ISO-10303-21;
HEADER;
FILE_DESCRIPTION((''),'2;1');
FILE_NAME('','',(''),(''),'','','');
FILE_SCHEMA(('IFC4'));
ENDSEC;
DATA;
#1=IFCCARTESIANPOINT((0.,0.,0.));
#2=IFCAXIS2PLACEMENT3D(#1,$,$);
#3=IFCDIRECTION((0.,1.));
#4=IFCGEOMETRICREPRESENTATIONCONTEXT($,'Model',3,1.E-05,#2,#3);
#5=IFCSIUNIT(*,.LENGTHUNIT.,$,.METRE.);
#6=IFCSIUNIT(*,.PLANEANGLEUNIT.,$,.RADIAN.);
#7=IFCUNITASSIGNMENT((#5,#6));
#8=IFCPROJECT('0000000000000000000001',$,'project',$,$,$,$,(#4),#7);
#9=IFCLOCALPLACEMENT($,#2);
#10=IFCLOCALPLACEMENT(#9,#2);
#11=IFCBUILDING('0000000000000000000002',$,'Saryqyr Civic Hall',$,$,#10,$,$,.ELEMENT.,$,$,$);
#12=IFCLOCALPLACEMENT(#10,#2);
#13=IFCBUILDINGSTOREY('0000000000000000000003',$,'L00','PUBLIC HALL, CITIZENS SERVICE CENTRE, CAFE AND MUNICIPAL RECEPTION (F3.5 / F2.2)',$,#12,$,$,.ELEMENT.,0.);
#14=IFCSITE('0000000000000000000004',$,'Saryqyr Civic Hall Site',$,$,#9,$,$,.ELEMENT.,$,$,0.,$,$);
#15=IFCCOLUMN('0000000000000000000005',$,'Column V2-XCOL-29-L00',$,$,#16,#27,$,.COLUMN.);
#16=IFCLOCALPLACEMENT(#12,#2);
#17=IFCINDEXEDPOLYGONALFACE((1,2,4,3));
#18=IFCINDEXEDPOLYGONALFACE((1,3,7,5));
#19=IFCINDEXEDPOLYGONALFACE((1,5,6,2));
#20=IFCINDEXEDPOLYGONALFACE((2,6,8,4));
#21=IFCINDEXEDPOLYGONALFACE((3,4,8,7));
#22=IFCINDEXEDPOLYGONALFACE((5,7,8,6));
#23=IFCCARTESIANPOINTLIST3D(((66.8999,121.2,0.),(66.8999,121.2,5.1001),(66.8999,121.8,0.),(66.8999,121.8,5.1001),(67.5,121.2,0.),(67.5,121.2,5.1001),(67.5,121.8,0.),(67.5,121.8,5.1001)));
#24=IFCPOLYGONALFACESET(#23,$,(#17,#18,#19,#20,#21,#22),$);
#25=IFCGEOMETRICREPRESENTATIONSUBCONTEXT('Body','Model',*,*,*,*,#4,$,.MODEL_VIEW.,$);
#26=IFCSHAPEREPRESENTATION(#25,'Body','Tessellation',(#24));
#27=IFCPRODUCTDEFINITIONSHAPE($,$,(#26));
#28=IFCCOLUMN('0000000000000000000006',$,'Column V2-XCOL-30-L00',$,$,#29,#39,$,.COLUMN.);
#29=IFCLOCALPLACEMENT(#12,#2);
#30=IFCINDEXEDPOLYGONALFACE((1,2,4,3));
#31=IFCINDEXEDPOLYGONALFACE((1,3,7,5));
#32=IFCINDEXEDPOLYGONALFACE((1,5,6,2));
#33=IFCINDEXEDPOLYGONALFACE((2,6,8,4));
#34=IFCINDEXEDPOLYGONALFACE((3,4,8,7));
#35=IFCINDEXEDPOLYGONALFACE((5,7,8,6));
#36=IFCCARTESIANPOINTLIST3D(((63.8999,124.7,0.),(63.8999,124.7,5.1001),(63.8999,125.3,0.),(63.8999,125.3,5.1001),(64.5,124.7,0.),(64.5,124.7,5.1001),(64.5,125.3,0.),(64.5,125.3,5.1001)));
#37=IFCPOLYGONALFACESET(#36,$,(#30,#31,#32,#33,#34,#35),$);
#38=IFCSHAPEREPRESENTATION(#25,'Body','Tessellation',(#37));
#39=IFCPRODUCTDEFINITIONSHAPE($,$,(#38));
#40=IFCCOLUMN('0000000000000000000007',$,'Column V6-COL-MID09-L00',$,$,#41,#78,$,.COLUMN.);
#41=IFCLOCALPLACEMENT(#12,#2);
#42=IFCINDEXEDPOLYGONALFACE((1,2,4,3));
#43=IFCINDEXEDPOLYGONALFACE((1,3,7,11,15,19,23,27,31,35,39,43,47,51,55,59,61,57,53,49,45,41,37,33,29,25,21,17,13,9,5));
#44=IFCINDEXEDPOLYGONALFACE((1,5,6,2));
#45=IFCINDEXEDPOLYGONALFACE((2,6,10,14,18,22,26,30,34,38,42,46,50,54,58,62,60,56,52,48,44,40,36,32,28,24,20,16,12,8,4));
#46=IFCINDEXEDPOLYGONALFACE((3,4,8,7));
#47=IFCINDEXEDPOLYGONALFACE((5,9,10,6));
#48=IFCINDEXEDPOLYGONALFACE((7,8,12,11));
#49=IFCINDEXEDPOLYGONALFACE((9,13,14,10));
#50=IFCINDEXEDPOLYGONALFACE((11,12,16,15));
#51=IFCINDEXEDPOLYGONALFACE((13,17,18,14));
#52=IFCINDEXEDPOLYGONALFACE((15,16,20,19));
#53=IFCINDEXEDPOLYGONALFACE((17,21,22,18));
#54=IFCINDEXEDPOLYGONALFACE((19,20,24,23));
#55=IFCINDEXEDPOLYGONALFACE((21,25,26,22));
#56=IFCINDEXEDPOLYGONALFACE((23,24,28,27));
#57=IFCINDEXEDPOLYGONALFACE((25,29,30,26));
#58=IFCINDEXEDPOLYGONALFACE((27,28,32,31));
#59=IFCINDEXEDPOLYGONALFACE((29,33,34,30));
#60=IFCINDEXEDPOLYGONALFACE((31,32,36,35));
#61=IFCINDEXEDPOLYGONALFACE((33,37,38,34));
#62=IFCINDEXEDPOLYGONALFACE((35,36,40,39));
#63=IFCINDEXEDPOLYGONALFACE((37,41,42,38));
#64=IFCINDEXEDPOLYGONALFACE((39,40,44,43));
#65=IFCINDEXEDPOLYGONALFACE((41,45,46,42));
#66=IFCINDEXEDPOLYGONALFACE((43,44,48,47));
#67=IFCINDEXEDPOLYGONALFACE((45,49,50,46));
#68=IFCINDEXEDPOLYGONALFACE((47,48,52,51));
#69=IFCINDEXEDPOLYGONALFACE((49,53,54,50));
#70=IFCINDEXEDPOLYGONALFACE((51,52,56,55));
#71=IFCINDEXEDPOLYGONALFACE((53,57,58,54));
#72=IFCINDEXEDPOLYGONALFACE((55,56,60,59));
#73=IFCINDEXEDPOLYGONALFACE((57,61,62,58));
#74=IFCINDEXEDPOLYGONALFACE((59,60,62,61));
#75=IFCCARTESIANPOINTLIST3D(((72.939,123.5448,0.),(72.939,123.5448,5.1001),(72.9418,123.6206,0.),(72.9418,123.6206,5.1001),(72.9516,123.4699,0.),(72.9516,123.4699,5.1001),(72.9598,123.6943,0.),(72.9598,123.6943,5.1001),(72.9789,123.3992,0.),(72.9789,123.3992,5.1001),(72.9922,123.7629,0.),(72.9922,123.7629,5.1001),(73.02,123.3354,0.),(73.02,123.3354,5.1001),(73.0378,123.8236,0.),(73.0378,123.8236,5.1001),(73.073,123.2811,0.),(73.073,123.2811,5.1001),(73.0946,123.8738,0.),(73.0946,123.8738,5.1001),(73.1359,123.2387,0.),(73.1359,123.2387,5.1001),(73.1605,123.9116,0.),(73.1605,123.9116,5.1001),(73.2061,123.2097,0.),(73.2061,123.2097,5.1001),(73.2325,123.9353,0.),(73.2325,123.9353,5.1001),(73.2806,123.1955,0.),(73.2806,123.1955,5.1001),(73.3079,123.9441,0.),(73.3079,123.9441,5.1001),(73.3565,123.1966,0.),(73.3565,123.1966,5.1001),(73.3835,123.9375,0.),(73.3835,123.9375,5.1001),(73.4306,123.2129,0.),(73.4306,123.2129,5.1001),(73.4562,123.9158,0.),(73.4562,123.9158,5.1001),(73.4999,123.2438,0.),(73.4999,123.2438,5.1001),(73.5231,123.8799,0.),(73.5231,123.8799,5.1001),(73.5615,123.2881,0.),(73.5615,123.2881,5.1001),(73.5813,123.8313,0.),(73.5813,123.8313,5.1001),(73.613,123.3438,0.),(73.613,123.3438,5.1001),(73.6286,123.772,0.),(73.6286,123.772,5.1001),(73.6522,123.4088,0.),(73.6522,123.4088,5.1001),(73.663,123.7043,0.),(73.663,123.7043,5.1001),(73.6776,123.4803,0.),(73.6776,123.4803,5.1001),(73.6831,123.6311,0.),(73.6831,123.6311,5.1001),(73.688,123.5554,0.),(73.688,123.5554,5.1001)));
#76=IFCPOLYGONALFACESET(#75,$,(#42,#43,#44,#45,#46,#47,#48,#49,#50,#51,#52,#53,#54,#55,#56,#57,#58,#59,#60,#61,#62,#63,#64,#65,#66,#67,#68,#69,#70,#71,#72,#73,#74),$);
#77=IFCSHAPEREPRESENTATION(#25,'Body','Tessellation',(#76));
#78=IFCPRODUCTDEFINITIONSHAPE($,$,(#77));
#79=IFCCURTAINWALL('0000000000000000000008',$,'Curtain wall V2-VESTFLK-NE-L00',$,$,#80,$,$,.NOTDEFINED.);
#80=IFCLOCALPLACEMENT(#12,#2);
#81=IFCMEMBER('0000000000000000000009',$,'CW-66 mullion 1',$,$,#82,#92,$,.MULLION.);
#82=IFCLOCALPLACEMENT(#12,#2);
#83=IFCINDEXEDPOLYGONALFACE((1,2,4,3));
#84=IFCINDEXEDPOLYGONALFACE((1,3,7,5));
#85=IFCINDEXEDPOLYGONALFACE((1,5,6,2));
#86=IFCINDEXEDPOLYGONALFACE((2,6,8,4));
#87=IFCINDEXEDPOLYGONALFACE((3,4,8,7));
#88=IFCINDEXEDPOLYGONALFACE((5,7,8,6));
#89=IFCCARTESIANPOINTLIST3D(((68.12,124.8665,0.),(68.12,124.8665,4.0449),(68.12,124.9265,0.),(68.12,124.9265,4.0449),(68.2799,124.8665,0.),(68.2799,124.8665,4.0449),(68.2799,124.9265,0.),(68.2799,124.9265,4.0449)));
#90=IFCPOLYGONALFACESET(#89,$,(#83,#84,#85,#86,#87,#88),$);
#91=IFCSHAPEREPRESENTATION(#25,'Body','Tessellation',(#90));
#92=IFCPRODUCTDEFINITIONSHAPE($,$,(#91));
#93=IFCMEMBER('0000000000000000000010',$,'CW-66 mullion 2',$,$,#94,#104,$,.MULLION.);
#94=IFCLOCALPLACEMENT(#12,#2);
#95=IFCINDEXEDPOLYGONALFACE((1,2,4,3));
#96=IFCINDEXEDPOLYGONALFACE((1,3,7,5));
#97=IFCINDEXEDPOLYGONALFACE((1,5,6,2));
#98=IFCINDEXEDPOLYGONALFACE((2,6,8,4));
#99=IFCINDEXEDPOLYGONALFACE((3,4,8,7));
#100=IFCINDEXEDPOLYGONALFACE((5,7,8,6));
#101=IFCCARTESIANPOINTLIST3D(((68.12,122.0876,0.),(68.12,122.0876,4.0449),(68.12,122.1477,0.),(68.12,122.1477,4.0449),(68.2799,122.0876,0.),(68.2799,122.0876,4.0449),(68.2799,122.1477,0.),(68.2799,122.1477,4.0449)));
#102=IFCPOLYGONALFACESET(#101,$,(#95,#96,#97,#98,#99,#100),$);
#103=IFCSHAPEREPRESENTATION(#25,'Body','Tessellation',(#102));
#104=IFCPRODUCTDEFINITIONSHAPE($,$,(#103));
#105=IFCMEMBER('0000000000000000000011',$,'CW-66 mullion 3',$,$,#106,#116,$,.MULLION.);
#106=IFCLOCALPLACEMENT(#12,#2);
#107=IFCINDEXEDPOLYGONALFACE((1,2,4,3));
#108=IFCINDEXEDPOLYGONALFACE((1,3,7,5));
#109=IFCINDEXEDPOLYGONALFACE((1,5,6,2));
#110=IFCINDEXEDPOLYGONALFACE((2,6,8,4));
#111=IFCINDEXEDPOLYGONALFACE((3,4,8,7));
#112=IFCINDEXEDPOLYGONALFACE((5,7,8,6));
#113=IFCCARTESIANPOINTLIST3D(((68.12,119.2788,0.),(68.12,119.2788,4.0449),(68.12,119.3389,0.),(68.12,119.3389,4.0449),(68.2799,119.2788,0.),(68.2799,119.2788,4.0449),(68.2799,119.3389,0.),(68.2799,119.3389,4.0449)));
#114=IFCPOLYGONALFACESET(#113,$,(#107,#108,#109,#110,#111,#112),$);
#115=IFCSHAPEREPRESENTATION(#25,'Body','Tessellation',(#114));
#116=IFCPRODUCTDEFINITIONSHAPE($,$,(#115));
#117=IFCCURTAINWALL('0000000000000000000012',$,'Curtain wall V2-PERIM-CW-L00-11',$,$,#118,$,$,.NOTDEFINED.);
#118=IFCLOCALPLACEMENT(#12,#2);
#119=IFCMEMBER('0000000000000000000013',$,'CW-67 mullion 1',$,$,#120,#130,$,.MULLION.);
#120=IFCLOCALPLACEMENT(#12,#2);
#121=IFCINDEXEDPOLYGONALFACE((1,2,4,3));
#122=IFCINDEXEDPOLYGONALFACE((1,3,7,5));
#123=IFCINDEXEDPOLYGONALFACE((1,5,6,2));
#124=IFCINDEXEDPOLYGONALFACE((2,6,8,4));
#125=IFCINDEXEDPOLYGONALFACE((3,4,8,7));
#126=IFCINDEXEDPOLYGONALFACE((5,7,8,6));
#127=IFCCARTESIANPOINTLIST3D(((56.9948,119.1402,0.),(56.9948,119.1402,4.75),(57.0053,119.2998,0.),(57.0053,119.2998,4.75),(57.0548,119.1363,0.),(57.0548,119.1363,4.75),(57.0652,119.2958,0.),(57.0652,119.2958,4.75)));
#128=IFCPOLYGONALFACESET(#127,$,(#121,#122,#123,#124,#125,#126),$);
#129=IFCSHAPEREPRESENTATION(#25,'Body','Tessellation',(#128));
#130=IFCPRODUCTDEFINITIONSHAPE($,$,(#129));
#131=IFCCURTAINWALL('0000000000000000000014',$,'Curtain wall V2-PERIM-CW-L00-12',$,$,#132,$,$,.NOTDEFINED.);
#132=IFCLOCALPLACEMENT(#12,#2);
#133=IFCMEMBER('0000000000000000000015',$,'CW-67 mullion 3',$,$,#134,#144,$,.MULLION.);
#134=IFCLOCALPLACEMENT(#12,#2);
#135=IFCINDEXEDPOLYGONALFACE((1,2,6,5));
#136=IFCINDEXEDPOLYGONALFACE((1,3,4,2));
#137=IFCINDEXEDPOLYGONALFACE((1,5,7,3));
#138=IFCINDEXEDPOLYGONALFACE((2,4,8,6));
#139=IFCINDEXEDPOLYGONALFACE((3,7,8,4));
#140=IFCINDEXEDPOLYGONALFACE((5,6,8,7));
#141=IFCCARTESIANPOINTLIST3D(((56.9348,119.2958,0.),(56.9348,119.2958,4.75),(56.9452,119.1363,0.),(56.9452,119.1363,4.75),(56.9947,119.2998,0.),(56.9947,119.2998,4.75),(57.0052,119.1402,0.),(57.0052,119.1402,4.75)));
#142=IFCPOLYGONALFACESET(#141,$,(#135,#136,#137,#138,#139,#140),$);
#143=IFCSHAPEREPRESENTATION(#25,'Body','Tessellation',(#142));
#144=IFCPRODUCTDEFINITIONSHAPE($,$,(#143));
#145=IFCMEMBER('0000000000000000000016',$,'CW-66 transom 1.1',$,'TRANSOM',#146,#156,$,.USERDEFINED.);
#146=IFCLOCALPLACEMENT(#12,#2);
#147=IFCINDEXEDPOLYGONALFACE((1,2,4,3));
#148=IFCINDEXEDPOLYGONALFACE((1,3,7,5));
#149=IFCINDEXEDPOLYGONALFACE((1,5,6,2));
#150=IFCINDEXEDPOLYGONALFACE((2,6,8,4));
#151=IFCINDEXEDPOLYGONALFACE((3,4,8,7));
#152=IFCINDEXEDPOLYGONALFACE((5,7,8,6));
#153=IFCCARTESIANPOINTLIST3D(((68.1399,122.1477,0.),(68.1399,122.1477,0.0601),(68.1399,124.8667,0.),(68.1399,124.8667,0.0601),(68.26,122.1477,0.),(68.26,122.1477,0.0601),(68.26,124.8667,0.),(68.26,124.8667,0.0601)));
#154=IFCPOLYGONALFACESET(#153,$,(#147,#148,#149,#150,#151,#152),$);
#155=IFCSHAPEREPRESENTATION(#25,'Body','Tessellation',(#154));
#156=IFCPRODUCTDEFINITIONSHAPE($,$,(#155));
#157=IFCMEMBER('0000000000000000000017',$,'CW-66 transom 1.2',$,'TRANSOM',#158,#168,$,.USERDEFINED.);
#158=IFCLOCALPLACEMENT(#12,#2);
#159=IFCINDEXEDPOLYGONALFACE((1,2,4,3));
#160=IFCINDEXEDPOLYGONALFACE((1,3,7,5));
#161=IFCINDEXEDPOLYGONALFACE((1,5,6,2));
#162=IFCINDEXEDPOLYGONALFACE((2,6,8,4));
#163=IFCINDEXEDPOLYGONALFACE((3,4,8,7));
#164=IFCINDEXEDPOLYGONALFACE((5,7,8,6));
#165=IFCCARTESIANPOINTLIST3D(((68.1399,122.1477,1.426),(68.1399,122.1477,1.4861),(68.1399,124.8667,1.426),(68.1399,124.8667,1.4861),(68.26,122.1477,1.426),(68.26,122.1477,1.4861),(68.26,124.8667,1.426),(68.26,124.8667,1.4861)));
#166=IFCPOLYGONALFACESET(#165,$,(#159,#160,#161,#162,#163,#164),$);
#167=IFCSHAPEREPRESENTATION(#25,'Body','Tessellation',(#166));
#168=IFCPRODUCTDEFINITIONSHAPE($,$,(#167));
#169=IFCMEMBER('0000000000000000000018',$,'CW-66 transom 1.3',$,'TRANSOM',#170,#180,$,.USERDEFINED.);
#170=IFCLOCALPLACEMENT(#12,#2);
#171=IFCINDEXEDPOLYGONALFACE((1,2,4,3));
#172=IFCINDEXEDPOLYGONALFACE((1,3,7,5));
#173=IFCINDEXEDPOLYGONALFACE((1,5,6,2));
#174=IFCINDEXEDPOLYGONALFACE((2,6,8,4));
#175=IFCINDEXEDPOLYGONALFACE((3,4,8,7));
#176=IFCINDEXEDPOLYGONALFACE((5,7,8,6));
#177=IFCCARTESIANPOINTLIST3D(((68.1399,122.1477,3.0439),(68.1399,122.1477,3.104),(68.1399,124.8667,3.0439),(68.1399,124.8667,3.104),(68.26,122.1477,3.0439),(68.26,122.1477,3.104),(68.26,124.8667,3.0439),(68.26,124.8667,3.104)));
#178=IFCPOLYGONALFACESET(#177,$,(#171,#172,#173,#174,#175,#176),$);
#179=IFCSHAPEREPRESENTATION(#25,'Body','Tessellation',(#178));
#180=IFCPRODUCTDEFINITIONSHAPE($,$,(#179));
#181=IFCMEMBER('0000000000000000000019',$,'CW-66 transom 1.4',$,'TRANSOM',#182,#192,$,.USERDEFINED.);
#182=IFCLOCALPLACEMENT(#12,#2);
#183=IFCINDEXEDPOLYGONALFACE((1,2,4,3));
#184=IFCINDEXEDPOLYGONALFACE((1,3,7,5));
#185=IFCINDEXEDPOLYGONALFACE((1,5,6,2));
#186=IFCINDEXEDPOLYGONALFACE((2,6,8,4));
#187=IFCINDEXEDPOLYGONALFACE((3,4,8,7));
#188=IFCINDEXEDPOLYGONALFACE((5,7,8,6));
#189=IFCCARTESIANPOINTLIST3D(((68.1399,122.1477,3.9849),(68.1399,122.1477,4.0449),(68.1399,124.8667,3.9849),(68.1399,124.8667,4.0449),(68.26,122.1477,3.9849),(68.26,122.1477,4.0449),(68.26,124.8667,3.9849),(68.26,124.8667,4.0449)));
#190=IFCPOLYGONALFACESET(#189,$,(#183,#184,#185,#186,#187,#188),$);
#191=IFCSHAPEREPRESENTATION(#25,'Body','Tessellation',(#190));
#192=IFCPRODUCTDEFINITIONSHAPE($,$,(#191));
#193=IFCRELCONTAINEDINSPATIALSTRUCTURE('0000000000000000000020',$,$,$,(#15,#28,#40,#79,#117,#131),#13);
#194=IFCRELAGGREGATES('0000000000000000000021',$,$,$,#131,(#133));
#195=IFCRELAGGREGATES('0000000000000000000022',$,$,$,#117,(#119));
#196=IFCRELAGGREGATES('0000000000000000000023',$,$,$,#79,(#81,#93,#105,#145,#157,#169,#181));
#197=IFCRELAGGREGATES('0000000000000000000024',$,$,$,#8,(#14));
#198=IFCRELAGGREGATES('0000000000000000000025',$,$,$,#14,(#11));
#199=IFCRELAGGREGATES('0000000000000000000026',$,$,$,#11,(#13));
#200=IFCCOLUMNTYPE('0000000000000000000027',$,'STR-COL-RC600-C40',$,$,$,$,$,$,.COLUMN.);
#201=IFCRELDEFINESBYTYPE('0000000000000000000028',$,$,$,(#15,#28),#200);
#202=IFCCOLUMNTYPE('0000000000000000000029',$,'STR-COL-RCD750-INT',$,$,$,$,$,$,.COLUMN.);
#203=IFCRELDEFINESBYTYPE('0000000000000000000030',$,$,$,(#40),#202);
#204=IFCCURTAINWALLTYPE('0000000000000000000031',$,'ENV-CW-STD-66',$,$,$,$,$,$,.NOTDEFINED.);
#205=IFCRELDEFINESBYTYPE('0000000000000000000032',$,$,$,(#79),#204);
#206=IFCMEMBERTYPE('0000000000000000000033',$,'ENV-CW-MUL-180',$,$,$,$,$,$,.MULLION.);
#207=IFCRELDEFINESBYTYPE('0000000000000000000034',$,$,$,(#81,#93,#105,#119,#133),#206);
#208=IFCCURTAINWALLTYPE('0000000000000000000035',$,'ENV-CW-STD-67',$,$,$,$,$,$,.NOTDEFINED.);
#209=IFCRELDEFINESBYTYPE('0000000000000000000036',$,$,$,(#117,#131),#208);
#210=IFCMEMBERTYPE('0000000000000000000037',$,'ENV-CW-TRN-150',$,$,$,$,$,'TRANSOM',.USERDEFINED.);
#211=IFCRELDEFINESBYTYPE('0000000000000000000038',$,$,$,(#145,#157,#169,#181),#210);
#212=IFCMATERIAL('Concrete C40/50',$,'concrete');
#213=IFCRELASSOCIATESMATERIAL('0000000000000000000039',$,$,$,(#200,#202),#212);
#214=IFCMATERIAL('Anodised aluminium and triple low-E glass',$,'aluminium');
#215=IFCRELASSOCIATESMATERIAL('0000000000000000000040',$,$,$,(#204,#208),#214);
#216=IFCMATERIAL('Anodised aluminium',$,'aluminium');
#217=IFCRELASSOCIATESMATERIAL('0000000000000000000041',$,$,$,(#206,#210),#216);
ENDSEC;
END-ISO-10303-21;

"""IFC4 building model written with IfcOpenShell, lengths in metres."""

from ifc_helpers import new_model, si_unit, direction, frame, origin, origin_2d, place, context, subcontext, project, spatial, rectangle, circle, extrude, material, material_profile, profile_set, type_object, element, aggregate, save


model = new_model("IFC4")

# Units and contexts
model_context = context("Model", 3, precision=1e-05, world=origin(), true_north=direction((0.0, 1.0)))
body_context = subcontext(model_context, "Body", "Model", "MODEL_VIEW")
ifc_project = project(units=[si_unit("LENGTHUNIT", "METRE"), si_unit("PLANEANGLEUNIT", "RADIAN")], contexts=[model_context])

# Site, building, storey
site_placement = place(None, origin())
site = spatial("IfcSite", under=ifc_project, at=site_placement, Name="Saryqyr Civic Hall Site", CompositionType="ELEMENT", RefElevation=0.0)
building_placement = place(site_placement, origin())
building = spatial("IfcBuilding", under=site, at=building_placement, Name="Saryqyr Civic Hall", CompositionType="ELEMENT")
storey_placement = place(building_placement, origin())
storey = spatial("IfcBuildingStorey", under=building, at=storey_placement, Name="L00", Description="PUBLIC HALL, CITIZENS SERVICE CENTRE, CAFE AND MUNICIPAL RECEPTION (F3.5 / F2.2)", CompositionType="ELEMENT", Elevation=0.0)

# Columns
ifc_material_1 = material(Name="Concrete C40/50", Category="concrete")
ifc_material_profile_1 = material_profile(ifc_material_1, rectangle(XDim=0.6001, YDim=0.6001, at=origin_2d()), Name="RC 600x600")
ifc_profile_set_1 = profile_set([ifc_material_profile_1], Name="Concrete C40/50")
column_type_1 = type_object("IfcColumnType", Name="STR-COL-RC600-C40", PredefinedType="COLUMN", material=ifc_profile_set_1)
for number, where, z_axis, x_axis, name in (
    (1, (67.2, 121.5, 0.0), (0.0, 0.0, 1.0), (1.0, 0.0, 0.0), "Column V2-XCOL-29-L00"),
    (2, (64.2, 125.0, 0.0), (0.0, 0.0, 1.0), (1.0, 0.0, 0.0), "Column V2-XCOL-30-L00"),
):
    element("IfcColumn", number, at=place(storey_placement, frame(where, z_axis=z_axis, x_axis=x_axis)), inside=storey, type_object=column_type_1, Name=name, PredefinedType="COLUMN", context=body_context, shape_type="SweptSolid", body=[
        extrude(rectangle(XDim=0.6001, YDim=0.6001, at=origin_2d()), origin(), (0.0, 0.0, 1.0), 5.1001),
    ])
ifc_material_profile_2 = material_profile(ifc_material_1, circle(Radius=0.375, at=origin_2d()), Name="RC D750")
ifc_profile_set_2 = profile_set([ifc_material_profile_2], Name="Concrete C40/50")
column_type_2 = type_object("IfcColumnType", Name="STR-COL-RCD750-INT", PredefinedType="COLUMN", material=ifc_profile_set_2)
for number, where, z_axis, x_axis, name in (
    (3, (73.3132, 123.5691, 0.0), (0.0, 0.0, 1.0), (0.381232, 0.92448, 0.0), "Column V6-COL-MID09-L00"),
):
    element("IfcColumn", number, at=place(storey_placement, frame(where, z_axis=z_axis, x_axis=x_axis)), inside=storey, type_object=column_type_2, Name=name, PredefinedType="COLUMN", context=body_context, shape_type="SweptSolid", body=[
        extrude(circle(Radius=0.375, at=origin_2d()), origin(), (0.0, 0.0, 1.0), 5.1001),
    ])

# Curtain wall, members
ifc_material_2 = material(Name="Anodised aluminium and triple low-E glass", Category="aluminium")
curtain_wall_type_1 = type_object("IfcCurtainWallType", Name="ENV-CW-STD-66", PredefinedType="NOTDEFINED", material=ifc_material_2)
curtain_wall_1_placement = place(storey_placement, origin())
curtain_wall_1 = element("IfcCurtainWall", 4, at=curtain_wall_1_placement, inside=storey, type_object=curtain_wall_type_1, Name="Curtain wall V2-VESTFLK-NE-L00", PredefinedType="NOTDEFINED")
ifc_material_3 = material(Name="Anodised aluminium", Category="aluminium")
ifc_material_profile_3 = material_profile(ifc_material_3, rectangle(XDim=0.0601, YDim=0.1599, at=origin_2d()), Name="ALU MULLION 60x160")
ifc_profile_set_3 = profile_set([ifc_material_profile_3], Name="Anodised aluminium")
member_type_1 = type_object("IfcMemberType", Name="ENV-CW-MUL-180", PredefinedType="MULLION", material=ifc_profile_set_3)
member_1_placement = place(storey_placement, frame((68.2, 124.8965, 0.0), z_axis=(0.0, 0.0, 1.0), x_axis=(0.0, -1.0, 0.0)))
member_1 = element("IfcMember", 5, at=member_1_placement, type_object=member_type_1, Name="CW-66 mullion 1", PredefinedType="MULLION", context=body_context, shape_type="SweptSolid", body=[
    extrude(rectangle(XDim=0.0601, YDim=0.1599, at=origin_2d()), origin(), (0.0, 0.0, 1.0), 4.0449),
])
member_2_placement = place(storey_placement, frame((68.2, 122.1177, 0.0), z_axis=(0.0, 0.0, 1.0), x_axis=(0.0, -1.0, 0.0)))
member_2 = element("IfcMember", 6, at=member_2_placement, type_object=member_type_1, Name="CW-66 mullion 2", PredefinedType="MULLION", context=body_context, shape_type="SweptSolid", body=[
    extrude(rectangle(XDim=0.0601, YDim=0.1599, at=origin_2d()), origin(), (0.0, 0.0, 1.0), 4.0449),
])
member_3_placement = place(storey_placement, frame((68.2, 119.3088, 0.0), z_axis=(0.0, 0.0, 1.0), x_axis=(0.0, -1.0, 0.0)))
member_3 = element("IfcMember", 7, at=member_3_placement, type_object=member_type_1, Name="CW-66 mullion 3", PredefinedType="MULLION", context=body_context, shape_type="SweptSolid", body=[
    extrude(rectangle(XDim=0.0601, YDim=0.1599, at=origin_2d()), origin(), (0.0, 0.0, 1.0), 4.0449),
])

# Curtain walls, members
curtain_wall_type_2 = type_object("IfcCurtainWallType", Name="ENV-CW-STD-67", PredefinedType="NOTDEFINED", material=ifc_material_2)
curtain_wall_2_placement = place(storey_placement, origin())
curtain_wall_2 = element("IfcCurtainWall", 8, at=curtain_wall_2_placement, inside=storey, type_object=curtain_wall_type_2, Name="Curtain wall V2-PERIM-CW-L00-11", PredefinedType="NOTDEFINED")
member_4_placement = place(storey_placement, frame((57.03, 119.218, 0.0), z_axis=(0.0, 0.0, 1.0), x_axis=(0.997859, -0.065401, 0.0)))
member_4 = element("IfcMember", 9, at=member_4_placement, type_object=member_type_1, Name="CW-67 mullion 1", PredefinedType="MULLION", context=body_context, shape_type="SweptSolid", body=[
    extrude(rectangle(XDim=0.0601, YDim=0.1599, at=origin_2d()), origin(), (0.0, 0.0, 1.0), 4.75),
])
curtain_wall_3_placement = place(storey_placement, origin())
curtain_wall_3 = element("IfcCurtainWall", 10, at=curtain_wall_3_placement, inside=storey, type_object=curtain_wall_type_2, Name="Curtain wall V2-PERIM-CW-L00-12", PredefinedType="NOTDEFINED")
member_5_placement = place(storey_placement, frame((56.97, 119.218, 0.0), z_axis=(0.0, 0.0, 1.0), x_axis=(0.997859, 0.065401, 0.0)))
member_5 = element("IfcMember", 11, at=member_5_placement, type_object=member_type_1, Name="CW-67 mullion 3", PredefinedType="MULLION", context=body_context, shape_type="SweptSolid", body=[
    extrude(rectangle(XDim=0.0601, YDim=0.1599, at=origin_2d()), origin(), (0.0, 0.0, 1.0), 4.75),
])
aggregate(curtain_wall_3, [member_5])

# Members
ifc_material_profile_4 = material_profile(ifc_material_3, rectangle(XDim=0.1201, YDim=0.0601, at=origin_2d()), Name="ALU TRANSOM 120x60")
ifc_profile_set_4 = profile_set([ifc_material_profile_4], Name="Anodised aluminium")
member_type_2 = type_object("IfcMemberType", Name="ENV-CW-TRN-150", ElementType="TRANSOM", PredefinedType="USERDEFINED", material=ifc_profile_set_4)
member_6_placement = place(storey_placement, frame((68.2, 124.8667, 0.03), z_axis=(0.0, -1.0, 0.0), x_axis=(1.0, 0.0, 0.0)))
member_6 = element("IfcMember", 12, at=member_6_placement, type_object=member_type_2, Name="CW-66 transom 1.1", ObjectType="TRANSOM", PredefinedType="USERDEFINED", context=body_context, shape_type="SweptSolid", body=[
    extrude(rectangle(XDim=0.1201, YDim=0.0601, at=origin_2d()), origin(), (0.0, 0.0, 1.0), 2.719),
])
member_7_placement = place(storey_placement, frame((68.2, 124.8667, 1.4561), z_axis=(0.0, -1.0, 0.0), x_axis=(1.0, 0.0, 0.0)))
member_7 = element("IfcMember", 13, at=member_7_placement, type_object=member_type_2, Name="CW-66 transom 1.2", ObjectType="TRANSOM", PredefinedType="USERDEFINED", context=body_context, shape_type="SweptSolid", body=[
    extrude(rectangle(XDim=0.1201, YDim=0.0601, at=origin_2d()), origin(), (0.0, 0.0, 1.0), 2.719),
])
member_8_placement = place(storey_placement, frame((68.2, 124.8667, 3.074), z_axis=(0.0, -1.0, 0.0), x_axis=(1.0, 0.0, 0.0)))
member_8 = element("IfcMember", 14, at=member_8_placement, type_object=member_type_2, Name="CW-66 transom 1.3", ObjectType="TRANSOM", PredefinedType="USERDEFINED", context=body_context, shape_type="SweptSolid", body=[
    extrude(rectangle(XDim=0.1201, YDim=0.0601, at=origin_2d()), origin(), (0.0, 0.0, 1.0), 2.719),
])
member_9_placement = place(storey_placement, frame((68.2, 124.8667, 4.0149), z_axis=(0.0, -1.0, 0.0), x_axis=(1.0, 0.0, 0.0)))
member_9 = element("IfcMember", 15, at=member_9_placement, type_object=member_type_2, Name="CW-66 transom 1.4", ObjectType="TRANSOM", PredefinedType="USERDEFINED", context=body_context, shape_type="SweptSolid", body=[
    extrude(rectangle(XDim=0.1201, YDim=0.0601, at=origin_2d()), origin(), (0.0, 0.0, 1.0), 2.719),
])
aggregate(curtain_wall_2, [member_4])

aggregate(curtain_wall_1, [member_1, member_2, member_3, member_6, member_7, member_8, member_9])

save(model, "model.ifc")
